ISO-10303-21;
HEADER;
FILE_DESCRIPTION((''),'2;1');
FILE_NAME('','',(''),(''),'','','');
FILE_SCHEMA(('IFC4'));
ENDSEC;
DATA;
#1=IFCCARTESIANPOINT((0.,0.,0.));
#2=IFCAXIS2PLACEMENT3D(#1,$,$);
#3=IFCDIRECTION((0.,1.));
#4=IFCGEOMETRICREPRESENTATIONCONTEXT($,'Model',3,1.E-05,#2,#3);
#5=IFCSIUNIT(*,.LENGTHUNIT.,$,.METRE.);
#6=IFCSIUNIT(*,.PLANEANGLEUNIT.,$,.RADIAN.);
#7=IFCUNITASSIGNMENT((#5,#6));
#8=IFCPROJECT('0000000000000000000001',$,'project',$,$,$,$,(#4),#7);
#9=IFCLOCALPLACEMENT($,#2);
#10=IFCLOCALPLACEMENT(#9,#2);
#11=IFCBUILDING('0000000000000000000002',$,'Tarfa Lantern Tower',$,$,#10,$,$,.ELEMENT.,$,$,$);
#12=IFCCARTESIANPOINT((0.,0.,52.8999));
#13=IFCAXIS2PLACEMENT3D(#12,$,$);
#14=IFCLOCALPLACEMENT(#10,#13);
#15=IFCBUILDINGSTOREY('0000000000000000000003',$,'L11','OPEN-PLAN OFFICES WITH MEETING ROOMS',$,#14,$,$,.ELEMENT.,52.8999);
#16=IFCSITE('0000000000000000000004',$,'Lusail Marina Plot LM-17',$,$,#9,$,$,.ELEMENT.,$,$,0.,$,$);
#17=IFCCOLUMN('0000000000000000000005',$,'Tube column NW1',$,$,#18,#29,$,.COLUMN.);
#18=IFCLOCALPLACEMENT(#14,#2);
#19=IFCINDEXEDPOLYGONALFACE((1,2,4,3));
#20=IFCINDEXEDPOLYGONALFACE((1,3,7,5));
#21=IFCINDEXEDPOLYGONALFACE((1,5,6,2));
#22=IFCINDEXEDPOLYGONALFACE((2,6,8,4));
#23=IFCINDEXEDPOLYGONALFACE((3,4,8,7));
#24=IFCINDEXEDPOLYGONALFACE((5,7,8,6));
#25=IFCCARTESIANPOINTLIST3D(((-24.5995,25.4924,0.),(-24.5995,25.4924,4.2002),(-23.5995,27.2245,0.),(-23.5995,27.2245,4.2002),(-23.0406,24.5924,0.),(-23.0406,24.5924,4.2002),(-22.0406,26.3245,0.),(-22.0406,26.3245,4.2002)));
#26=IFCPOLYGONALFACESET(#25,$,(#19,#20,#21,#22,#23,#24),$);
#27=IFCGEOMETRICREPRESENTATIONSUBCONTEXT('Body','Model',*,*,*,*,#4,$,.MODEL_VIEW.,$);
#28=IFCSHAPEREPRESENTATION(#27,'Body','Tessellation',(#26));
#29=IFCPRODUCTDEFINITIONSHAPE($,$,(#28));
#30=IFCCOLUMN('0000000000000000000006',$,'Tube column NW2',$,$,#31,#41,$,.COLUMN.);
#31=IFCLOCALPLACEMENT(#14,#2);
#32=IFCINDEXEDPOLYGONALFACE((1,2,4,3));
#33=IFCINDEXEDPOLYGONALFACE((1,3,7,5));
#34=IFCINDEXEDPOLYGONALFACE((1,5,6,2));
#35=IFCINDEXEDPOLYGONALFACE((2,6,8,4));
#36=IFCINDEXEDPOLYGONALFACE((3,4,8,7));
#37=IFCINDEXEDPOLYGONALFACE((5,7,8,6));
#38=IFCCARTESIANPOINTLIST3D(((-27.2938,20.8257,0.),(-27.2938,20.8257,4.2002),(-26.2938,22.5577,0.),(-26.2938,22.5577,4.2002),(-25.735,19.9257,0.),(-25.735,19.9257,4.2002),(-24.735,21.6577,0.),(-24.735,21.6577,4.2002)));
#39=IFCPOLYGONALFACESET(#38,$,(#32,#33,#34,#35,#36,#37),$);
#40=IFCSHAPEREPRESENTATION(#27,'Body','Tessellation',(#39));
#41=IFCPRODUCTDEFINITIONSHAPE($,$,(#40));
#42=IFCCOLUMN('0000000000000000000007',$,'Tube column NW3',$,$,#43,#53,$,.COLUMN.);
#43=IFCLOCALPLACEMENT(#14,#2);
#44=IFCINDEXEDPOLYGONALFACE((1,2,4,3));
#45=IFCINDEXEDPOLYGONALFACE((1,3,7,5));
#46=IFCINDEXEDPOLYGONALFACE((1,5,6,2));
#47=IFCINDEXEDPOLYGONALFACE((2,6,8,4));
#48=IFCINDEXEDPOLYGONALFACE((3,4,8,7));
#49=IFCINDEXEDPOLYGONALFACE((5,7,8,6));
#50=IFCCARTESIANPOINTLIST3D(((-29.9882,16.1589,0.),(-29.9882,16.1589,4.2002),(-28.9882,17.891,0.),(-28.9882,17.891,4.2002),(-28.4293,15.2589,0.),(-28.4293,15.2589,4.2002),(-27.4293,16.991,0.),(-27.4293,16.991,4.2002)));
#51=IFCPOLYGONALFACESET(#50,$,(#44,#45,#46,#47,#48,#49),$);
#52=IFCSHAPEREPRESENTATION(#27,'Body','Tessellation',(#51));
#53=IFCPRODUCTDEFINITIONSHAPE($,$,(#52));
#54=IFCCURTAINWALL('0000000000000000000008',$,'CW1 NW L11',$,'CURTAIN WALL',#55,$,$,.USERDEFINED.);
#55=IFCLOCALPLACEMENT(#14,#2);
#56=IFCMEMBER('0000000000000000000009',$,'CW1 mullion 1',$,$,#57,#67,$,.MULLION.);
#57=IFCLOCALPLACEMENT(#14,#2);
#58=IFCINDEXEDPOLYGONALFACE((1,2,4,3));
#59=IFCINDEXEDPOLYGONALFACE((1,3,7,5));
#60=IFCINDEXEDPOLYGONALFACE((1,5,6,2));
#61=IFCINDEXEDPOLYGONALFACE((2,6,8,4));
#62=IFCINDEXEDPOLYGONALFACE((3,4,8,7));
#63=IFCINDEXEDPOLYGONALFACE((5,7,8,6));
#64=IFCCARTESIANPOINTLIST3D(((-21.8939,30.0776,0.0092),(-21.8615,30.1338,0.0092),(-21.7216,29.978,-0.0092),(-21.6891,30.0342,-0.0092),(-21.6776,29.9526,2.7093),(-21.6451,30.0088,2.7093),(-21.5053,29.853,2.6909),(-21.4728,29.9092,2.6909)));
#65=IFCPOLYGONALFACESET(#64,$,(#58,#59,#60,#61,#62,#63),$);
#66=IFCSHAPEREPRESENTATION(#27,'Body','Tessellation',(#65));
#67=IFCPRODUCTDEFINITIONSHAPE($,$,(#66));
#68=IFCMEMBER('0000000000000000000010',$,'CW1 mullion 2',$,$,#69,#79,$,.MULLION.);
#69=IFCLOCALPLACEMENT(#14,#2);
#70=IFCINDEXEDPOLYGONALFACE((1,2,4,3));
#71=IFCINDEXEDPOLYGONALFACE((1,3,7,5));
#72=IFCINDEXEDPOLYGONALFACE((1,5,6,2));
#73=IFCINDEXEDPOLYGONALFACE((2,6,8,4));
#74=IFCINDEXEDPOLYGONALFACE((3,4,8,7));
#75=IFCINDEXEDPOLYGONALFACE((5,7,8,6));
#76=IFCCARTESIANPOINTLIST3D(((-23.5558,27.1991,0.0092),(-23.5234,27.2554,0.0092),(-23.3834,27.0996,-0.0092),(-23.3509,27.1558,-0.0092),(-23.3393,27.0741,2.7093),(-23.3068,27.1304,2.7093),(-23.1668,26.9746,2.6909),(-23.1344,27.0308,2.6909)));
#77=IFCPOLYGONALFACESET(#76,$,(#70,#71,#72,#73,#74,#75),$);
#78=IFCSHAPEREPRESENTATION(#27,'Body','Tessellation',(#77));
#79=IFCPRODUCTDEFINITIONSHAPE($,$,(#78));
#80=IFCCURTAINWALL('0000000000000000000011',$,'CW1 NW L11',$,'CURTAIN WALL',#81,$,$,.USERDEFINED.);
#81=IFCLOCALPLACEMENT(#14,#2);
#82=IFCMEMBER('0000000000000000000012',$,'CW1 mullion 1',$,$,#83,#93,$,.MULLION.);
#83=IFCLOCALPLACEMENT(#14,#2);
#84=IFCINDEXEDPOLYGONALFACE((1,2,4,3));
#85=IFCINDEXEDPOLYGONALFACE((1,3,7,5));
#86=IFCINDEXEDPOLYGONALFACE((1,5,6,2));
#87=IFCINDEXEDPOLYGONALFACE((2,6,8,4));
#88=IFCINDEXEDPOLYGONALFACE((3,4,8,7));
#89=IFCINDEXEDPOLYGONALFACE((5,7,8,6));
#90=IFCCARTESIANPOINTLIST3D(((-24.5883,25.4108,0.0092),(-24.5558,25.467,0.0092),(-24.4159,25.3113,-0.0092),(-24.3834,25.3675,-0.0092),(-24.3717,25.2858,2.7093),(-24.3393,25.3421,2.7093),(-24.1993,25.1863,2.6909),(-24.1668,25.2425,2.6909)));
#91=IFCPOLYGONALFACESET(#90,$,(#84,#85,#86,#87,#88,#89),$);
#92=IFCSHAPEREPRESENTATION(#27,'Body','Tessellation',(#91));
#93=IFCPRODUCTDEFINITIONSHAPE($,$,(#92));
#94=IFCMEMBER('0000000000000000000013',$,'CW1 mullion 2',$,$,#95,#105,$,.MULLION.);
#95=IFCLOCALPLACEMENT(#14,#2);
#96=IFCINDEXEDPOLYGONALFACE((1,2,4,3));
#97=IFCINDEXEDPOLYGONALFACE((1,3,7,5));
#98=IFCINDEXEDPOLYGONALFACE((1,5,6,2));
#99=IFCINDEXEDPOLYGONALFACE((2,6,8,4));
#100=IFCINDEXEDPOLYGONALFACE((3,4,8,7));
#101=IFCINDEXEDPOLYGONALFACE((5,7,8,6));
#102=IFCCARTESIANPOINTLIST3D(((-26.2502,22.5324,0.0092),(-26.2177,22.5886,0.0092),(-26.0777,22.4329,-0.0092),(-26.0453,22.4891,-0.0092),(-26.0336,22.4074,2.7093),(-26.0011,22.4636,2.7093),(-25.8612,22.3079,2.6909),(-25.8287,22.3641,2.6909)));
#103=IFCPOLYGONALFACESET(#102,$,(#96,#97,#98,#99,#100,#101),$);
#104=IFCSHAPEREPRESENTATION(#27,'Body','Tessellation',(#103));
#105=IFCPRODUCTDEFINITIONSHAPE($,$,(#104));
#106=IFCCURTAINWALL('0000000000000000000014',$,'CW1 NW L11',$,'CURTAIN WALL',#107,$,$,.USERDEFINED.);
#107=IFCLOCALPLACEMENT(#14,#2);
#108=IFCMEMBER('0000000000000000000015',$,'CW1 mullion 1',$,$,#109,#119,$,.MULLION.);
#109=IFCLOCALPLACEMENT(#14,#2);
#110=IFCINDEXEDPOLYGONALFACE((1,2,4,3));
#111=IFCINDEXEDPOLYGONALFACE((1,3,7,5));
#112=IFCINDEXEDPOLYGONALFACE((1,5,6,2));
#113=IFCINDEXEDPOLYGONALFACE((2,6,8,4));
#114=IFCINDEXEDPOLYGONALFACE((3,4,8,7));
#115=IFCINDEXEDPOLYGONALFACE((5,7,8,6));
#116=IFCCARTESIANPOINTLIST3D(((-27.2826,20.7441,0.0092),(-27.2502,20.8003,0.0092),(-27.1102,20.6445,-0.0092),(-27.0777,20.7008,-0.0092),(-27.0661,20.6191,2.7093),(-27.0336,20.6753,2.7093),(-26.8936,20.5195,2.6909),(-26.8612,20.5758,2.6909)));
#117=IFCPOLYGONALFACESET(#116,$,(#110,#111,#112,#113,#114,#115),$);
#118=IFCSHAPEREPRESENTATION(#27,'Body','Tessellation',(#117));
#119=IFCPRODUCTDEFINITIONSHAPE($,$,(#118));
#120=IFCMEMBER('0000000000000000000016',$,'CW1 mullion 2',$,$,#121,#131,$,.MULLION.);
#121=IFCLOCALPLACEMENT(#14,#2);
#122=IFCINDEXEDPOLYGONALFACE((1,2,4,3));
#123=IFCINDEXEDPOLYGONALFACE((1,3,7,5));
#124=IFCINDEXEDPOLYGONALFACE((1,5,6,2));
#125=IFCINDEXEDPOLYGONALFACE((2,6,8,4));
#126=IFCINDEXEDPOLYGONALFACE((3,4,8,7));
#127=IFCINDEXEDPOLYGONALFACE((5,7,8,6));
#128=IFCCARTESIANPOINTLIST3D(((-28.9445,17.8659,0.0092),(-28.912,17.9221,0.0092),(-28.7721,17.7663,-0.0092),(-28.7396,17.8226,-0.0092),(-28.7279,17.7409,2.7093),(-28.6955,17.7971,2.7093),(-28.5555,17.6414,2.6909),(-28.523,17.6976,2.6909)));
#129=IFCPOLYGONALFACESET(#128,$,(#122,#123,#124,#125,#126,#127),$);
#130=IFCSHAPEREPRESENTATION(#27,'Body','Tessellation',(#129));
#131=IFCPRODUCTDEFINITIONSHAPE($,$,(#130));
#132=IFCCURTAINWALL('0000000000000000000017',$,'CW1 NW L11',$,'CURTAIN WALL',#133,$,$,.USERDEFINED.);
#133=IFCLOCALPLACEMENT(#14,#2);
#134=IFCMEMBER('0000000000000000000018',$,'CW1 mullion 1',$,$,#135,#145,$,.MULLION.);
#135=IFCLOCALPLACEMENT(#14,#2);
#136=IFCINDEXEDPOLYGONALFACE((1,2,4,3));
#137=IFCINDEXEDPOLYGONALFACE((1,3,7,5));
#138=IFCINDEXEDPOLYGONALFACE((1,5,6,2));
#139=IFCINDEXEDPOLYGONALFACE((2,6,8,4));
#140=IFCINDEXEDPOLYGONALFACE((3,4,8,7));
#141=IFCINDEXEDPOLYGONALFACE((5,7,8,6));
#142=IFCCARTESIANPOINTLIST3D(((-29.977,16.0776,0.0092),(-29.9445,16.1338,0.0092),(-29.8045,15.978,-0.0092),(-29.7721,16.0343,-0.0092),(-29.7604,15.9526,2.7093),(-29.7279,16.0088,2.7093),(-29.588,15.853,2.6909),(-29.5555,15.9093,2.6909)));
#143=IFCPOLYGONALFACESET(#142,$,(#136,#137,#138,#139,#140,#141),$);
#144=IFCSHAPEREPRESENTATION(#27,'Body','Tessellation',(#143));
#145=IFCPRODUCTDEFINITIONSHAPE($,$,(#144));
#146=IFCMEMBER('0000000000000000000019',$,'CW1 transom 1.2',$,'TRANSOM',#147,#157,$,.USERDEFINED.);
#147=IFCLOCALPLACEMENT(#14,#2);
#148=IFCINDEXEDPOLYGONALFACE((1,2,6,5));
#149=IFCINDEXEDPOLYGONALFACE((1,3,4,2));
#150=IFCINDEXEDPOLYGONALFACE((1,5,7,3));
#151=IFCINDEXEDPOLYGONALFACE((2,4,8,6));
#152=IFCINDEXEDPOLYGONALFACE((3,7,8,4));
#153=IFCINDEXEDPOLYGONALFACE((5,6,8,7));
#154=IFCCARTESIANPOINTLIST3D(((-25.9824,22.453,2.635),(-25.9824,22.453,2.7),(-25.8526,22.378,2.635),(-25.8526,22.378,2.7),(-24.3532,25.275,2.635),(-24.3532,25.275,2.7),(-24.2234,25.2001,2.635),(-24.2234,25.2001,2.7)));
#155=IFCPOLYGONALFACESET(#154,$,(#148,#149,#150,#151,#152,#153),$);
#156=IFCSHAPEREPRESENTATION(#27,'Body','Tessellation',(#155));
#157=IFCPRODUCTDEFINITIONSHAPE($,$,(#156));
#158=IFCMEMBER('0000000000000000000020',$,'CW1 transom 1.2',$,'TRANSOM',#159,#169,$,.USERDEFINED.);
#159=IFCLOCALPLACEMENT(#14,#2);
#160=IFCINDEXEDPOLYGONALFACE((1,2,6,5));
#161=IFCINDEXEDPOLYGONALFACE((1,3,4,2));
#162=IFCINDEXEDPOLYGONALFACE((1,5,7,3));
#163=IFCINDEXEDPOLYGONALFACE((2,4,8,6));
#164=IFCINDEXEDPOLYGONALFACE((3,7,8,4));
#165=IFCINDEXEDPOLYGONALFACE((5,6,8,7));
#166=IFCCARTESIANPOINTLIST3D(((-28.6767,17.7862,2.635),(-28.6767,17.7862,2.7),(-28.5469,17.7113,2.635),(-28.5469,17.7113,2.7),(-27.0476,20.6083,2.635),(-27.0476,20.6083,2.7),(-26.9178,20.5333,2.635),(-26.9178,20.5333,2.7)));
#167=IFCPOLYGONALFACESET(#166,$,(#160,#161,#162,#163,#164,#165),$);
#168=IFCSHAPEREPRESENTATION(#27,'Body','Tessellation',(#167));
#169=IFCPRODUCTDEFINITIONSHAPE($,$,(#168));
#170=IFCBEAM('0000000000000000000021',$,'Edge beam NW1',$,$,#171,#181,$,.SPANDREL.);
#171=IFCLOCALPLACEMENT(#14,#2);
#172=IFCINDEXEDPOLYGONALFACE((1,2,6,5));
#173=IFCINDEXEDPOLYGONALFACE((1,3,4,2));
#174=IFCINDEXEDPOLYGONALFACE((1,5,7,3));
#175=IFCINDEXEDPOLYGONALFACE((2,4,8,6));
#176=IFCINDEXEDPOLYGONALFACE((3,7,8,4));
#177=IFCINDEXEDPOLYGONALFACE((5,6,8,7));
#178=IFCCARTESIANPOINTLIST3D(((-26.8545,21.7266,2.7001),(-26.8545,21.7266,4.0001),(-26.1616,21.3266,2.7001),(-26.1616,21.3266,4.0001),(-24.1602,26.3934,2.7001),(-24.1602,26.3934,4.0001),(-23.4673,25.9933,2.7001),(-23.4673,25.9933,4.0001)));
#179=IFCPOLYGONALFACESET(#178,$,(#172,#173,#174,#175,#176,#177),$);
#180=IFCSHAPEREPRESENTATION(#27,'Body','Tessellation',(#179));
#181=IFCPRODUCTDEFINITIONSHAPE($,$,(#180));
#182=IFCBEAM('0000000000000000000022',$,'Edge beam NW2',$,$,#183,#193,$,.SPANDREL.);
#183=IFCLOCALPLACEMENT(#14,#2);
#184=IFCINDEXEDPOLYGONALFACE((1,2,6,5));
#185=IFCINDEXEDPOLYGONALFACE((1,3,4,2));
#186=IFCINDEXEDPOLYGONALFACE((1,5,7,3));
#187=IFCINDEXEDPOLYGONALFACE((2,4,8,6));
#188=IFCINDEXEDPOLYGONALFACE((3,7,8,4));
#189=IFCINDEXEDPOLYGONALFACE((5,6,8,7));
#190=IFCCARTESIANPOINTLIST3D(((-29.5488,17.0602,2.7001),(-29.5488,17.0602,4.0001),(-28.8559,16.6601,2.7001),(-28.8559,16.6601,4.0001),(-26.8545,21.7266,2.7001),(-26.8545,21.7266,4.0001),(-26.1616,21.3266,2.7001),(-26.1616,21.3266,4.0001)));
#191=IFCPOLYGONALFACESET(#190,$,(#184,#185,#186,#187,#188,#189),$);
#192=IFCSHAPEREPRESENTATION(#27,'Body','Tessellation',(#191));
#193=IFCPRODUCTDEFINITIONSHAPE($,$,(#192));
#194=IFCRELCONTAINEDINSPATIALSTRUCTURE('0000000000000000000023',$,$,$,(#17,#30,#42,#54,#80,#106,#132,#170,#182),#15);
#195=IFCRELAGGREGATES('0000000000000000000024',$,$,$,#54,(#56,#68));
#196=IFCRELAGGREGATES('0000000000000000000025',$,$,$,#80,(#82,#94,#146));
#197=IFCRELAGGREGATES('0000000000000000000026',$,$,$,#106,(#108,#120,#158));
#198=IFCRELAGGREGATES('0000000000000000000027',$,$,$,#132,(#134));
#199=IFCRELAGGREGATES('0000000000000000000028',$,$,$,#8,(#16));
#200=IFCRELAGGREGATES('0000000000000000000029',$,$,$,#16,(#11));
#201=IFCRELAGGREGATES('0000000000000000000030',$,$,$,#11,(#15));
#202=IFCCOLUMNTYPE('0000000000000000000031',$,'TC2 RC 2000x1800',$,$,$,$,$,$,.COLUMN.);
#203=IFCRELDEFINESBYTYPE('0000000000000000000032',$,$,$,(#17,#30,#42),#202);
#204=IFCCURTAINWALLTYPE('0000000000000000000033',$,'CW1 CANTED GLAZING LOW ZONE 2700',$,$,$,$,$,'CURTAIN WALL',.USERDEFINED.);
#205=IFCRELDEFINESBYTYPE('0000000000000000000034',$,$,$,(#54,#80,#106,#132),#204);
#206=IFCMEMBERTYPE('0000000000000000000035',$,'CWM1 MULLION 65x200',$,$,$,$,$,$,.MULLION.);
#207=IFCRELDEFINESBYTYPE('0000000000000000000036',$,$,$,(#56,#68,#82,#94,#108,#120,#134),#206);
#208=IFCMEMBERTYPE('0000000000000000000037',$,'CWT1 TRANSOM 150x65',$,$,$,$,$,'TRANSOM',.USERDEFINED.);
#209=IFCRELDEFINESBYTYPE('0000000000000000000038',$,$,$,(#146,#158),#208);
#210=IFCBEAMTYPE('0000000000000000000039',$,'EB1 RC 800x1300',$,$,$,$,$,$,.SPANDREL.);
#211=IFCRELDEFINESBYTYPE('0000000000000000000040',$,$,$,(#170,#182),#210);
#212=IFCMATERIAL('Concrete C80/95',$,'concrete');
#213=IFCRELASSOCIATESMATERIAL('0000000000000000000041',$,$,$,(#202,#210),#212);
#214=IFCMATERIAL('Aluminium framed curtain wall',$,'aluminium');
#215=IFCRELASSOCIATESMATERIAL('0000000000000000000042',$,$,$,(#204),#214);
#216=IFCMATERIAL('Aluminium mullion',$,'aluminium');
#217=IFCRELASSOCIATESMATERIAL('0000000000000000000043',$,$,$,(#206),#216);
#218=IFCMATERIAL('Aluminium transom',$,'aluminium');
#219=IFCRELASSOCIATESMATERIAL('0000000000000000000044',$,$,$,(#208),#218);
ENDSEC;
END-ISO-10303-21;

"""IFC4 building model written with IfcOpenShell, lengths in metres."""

from ifc_helpers import new_model, si_unit, direction, frame, origin, origin_2d, place, context, subcontext, project, spatial, rectangle, extrude, material, material_profile, profile_set, type_object, element, aggregate, save


model = new_model("IFC4")

# Units and contexts
model_context = context("Model", 3, precision=1e-05, world=origin(), true_north=direction((0.0, 1.0)))
body_context = subcontext(model_context, "Body", "Model", "MODEL_VIEW")
ifc_project = project(units=[si_unit("LENGTHUNIT", "METRE"), si_unit("PLANEANGLEUNIT", "RADIAN")], contexts=[model_context])

# Site, building, storey
site_placement = place(None, origin())
site = spatial("IfcSite", under=ifc_project, at=site_placement, Name="Lusail Marina Plot LM-17", CompositionType="ELEMENT", RefElevation=0.0)
building_placement = place(site_placement, origin())
building = spatial("IfcBuilding", under=site, at=building_placement, Name="Tarfa Lantern Tower", CompositionType="ELEMENT")
storey_placement = place(building_placement, frame((0.0, 0.0, 52.8999)))
storey = spatial("IfcBuildingStorey", under=building, at=storey_placement, Name="L11", Description="OPEN-PLAN OFFICES WITH MEETING ROOMS", CompositionType="ELEMENT", Elevation=52.8999)

# Columns
ifc_material_1 = material(Name="Concrete C80/95", Category="concrete")
ifc_material_profile_1 = material_profile(ifc_material_1, rectangle(XDim=2.0, YDim=1.8, at=origin_2d()), Name="RC 2000x1800")
ifc_profile_set_1 = profile_set([ifc_material_profile_1], Name="Concrete C80/95")
column_type = type_object("IfcColumnType", Name="TC2 RC 2000x1800", PredefinedType="COLUMN", material=ifc_profile_set_1)
for number, where, z_axis, x_axis, name in (
    (1, (-23.3201, 25.9084, 0.0), (0.0, 0.0, 1.0), (-0.5, -0.866025, 0.0), "Tube column NW1"),
    (2, (-26.0144, 21.2417, 0.0), (0.0, 0.0, 1.0), (-0.5, -0.866025, 0.0), "Tube column NW2"),
    (3, (-28.7087, 16.575, 0.0), (0.0, 0.0, 1.0), (-0.5, -0.866025, 0.0), "Tube column NW3"),
):
    element("IfcColumn", number, at=place(storey_placement, frame(where, z_axis=z_axis, x_axis=x_axis)), inside=storey, type_object=column_type, Name=name, PredefinedType="COLUMN", context=body_context, shape_type="SweptSolid", body=[
        extrude(rectangle(XDim=2.0, YDim=1.8, at=origin_2d()), origin(), (0.0, 0.0, 1.0), 4.2002),
    ])

# Curtain walls, members
ifc_material_2 = material(Name="Aluminium framed curtain wall", Category="aluminium")
curtain_wall_type = type_object("IfcCurtainWallType", Name="CW1 CANTED GLAZING LOW ZONE 2700", ElementType="CURTAIN WALL", PredefinedType="USERDEFINED", material=ifc_material_2)
curtain_wall_1_placement = place(storey_placement, origin())
curtain_wall_1 = element("IfcCurtainWall", 4, at=curtain_wall_1_placement, inside=storey, type_object=curtain_wall_type, Name="CW1 NW L11", ObjectType="CURTAIN WALL", PredefinedType="USERDEFINED")
ifc_material_3 = material(Name="Aluminium mullion", Category="aluminium")
ifc_material_profile_2 = material_profile(ifc_material_3, rectangle(XDim=0.0649, YDim=0.2, at=origin_2d()), Name="AL MULLION 65x200")
ifc_profile_set_2 = profile_set([ifc_material_profile_2], Name="Aluminium mullion")
member_type_1 = type_object("IfcMemberType", Name="CWM1 MULLION 65x200", PredefinedType="MULLION", material=ifc_profile_set_2)
member_1_placement = place(storey_placement, frame((-21.7915, 30.0559, 0.0), z_axis=(0.079768, -0.046096, 0.995747), x_axis=(0.500343, 0.865827, 0.0)))
member_1 = element("IfcMember", 5, at=member_1_placement, type_object=member_type_1, Name="CW1 mullion 1", PredefinedType="MULLION", context=body_context, shape_type="SweptSolid", body=[
    extrude(rectangle(XDim=0.0649, YDim=0.2, at=origin_2d()), origin(), (0.0, 0.0, 1.0), 2.7117),
])
member_2_placement = place(storey_placement, frame((-23.4534, 27.1775, 0.0), z_axis=(0.079857, -0.046096, 0.99574), x_axis=(0.49992, 0.866072, 0.0)))
member_2 = element("IfcMember", 6, at=member_2_placement, type_object=member_type_1, Name="CW1 mullion 2", PredefinedType="MULLION", context=body_context, shape_type="SweptSolid", body=[
    extrude(rectangle(XDim=0.0649, YDim=0.2, at=origin_2d()), origin(), (0.0, 0.0, 1.0), 2.7117),
])
curtain_wall_2_placement = place(storey_placement, origin())
curtain_wall_2 = element("IfcCurtainWall", 7, at=curtain_wall_2_placement, inside=storey, type_object=curtain_wall_type, Name="CW1 NW L11", ObjectType="CURTAIN WALL", PredefinedType="USERDEFINED")
member_3_placement = place(storey_placement, frame((-24.4858, 25.3892, 0.0), z_axis=(0.079857, -0.046096, 0.99574), x_axis=(0.49992, 0.866072, 0.0)))
member_3 = element("IfcMember", 8, at=member_3_placement, type_object=member_type_1, Name="CW1 mullion 1", PredefinedType="MULLION", context=body_context, shape_type="SweptSolid", body=[
    extrude(rectangle(XDim=0.0649, YDim=0.2, at=origin_2d()), origin(), (0.0, 0.0, 1.0), 2.7117),
])
member_4_placement = place(storey_placement, frame((-26.1477, 22.5107, 0.0), z_axis=(0.079857, -0.046096, 0.99574), x_axis=(0.49992, 0.866072, 0.0)))
member_4 = element("IfcMember", 9, at=member_4_placement, type_object=member_type_1, Name="CW1 mullion 2", PredefinedType="MULLION", context=body_context, shape_type="SweptSolid", body=[
    extrude(rectangle(XDim=0.0649, YDim=0.2, at=origin_2d()), origin(), (0.0, 0.0, 1.0), 2.7117),
])
curtain_wall_3_placement = place(storey_placement, origin())
curtain_wall_3 = element("IfcCurtainWall", 10, at=curtain_wall_3_placement, inside=storey, type_object=curtain_wall_type, Name="CW1 NW L11", ObjectType="CURTAIN WALL", PredefinedType="USERDEFINED")
member_5_placement = place(storey_placement, frame((-27.1802, 20.7224, 0.0), z_axis=(0.079857, -0.046096, 0.99574), x_axis=(0.49992, 0.866072, 0.0)))
member_5 = element("IfcMember", 11, at=member_5_placement, type_object=member_type_1, Name="CW1 mullion 1", PredefinedType="MULLION", context=body_context, shape_type="SweptSolid", body=[
    extrude(rectangle(XDim=0.0649, YDim=0.2, at=origin_2d()), origin(), (0.0, 0.0, 1.0), 2.7117),
])
member_6_placement = place(storey_placement, frame((-28.842, 17.8442, 0.0), z_axis=(0.079857, -0.046096, 0.99574), x_axis=(0.49992, 0.866072, 0.0)))
member_6 = element("IfcMember", 12, at=member_6_placement, type_object=member_type_1, Name="CW1 mullion 2", PredefinedType="MULLION", context=body_context, shape_type="SweptSolid", body=[
    extrude(rectangle(XDim=0.0649, YDim=0.2, at=origin_2d()), origin(), (0.0, 0.0, 1.0), 2.7117),
])

# Curtain wall, member
curtain_wall_4_placement = place(storey_placement, origin())
curtain_wall_4 = element("IfcCurtainWall", 13, at=curtain_wall_4_placement, inside=storey, type_object=curtain_wall_type, Name="CW1 NW L11", ObjectType="CURTAIN WALL", PredefinedType="USERDEFINED")
member_7_placement = place(storey_placement, frame((-29.8745, 16.0559, 0.0), z_axis=(0.079857, -0.046096, 0.99574), x_axis=(0.49992, 0.866072, 0.0)))
member_7 = element("IfcMember", 14, at=member_7_placement, type_object=member_type_1, Name="CW1 mullion 1", PredefinedType="MULLION", context=body_context, shape_type="SweptSolid", body=[
    extrude(rectangle(XDim=0.0649, YDim=0.2, at=origin_2d()), origin(), (0.0, 0.0, 1.0), 2.7117),
])

# Members
ifc_material_4 = material(Name="Aluminium transom", Category="aluminium")
ifc_material_profile_3 = material_profile(ifc_material_4, rectangle(XDim=0.1499, YDim=0.0649, at=origin_2d()), Name="AL TRANSOM 150x65")
ifc_profile_set_3 = profile_set([ifc_material_profile_3], Name="Aluminium transom")
member_type_2 = type_object("IfcMemberType", Name="CWT1 TRANSOM 150x65", ElementType="TRANSOM", PredefinedType="USERDEFINED", material=ifc_profile_set_3)
member_8_placement = place(storey_placement, frame((-24.2883, 25.2375, 2.6675), z_axis=(-0.499967, -0.866045, 0.0), x_axis=(0.866045, -0.499967, 0.0)))
member_8 = element("IfcMember", 15, at=member_8_placement, type_object=member_type_2, Name="CW1 transom 1.2", ObjectType="TRANSOM", PredefinedType="USERDEFINED", context=body_context, shape_type="SweptSolid", body=[
    extrude(rectangle(XDim=0.1499, YDim=0.0649, at=origin_2d()), origin(), (0.0, 0.0, 1.0), 3.2585),
])
member_9_placement = place(storey_placement, frame((-26.9827, 20.5708, 2.6675), z_axis=(-0.499967, -0.866045, 0.0), x_axis=(0.866045, -0.499967, 0.0)))
member_9 = element("IfcMember", 16, at=member_9_placement, type_object=member_type_2, Name="CW1 transom 1.2", ObjectType="TRANSOM", PredefinedType="USERDEFINED", context=body_context, shape_type="SweptSolid", body=[
    extrude(rectangle(XDim=0.1499, YDim=0.0649, at=origin_2d()), origin(), (0.0, 0.0, 1.0), 3.2585),
])

# Beams
ifc_material_profile_4 = material_profile(ifc_material_1, rectangle(XDim=0.8, YDim=1.3, at=origin_2d()), Name="RC 800x1300")
ifc_profile_set_4 = profile_set([ifc_material_profile_4], Name="Concrete C80/95")
beam_type_1 = type_object("IfcBeamType", Name="EB1 RC 800x1300", PredefinedType="SPANDREL", material=ifc_profile_set_4)
beam_1_placement = place(storey_placement, frame((-23.8137, 26.1934, 3.3501), z_axis=(-0.499998, -0.866026, 0.0), x_axis=(0.866026, -0.499998, 0.0)))
element("IfcBeam", 17, at=beam_1_placement, inside=storey, type_object=beam_type_1, Name="Edge beam NW1", PredefinedType="SPANDREL", context=body_context, shape_type="SweptSolid", body=[
    extrude(rectangle(XDim=0.8, YDim=1.3, at=origin_2d()), origin(), (0.0, 0.0, 1.0), 5.3887),
])
beam_2_placement = place(storey_placement, frame((-26.5081, 21.5266, 3.3501), z_axis=(-0.500018, -0.866015, 0.0), x_axis=(0.866015, -0.500018, 0.0)))
element("IfcBeam", 18, at=beam_2_placement, inside=storey, type_object=beam_type_1, Name="Edge beam NW2", PredefinedType="SPANDREL", context=body_context, shape_type="SweptSolid", body=[
    extrude(rectangle(XDim=0.8, YDim=1.3, at=origin_2d()), origin(), (0.0, 0.0, 1.0), 5.3884),
])

aggregate(curtain_wall_1, [member_1, member_2])
aggregate(curtain_wall_2, [member_3, member_4, member_8])
aggregate(curtain_wall_3, [member_5, member_6, member_9])
aggregate(curtain_wall_4, [member_7])

save(model, "model.ifc")
